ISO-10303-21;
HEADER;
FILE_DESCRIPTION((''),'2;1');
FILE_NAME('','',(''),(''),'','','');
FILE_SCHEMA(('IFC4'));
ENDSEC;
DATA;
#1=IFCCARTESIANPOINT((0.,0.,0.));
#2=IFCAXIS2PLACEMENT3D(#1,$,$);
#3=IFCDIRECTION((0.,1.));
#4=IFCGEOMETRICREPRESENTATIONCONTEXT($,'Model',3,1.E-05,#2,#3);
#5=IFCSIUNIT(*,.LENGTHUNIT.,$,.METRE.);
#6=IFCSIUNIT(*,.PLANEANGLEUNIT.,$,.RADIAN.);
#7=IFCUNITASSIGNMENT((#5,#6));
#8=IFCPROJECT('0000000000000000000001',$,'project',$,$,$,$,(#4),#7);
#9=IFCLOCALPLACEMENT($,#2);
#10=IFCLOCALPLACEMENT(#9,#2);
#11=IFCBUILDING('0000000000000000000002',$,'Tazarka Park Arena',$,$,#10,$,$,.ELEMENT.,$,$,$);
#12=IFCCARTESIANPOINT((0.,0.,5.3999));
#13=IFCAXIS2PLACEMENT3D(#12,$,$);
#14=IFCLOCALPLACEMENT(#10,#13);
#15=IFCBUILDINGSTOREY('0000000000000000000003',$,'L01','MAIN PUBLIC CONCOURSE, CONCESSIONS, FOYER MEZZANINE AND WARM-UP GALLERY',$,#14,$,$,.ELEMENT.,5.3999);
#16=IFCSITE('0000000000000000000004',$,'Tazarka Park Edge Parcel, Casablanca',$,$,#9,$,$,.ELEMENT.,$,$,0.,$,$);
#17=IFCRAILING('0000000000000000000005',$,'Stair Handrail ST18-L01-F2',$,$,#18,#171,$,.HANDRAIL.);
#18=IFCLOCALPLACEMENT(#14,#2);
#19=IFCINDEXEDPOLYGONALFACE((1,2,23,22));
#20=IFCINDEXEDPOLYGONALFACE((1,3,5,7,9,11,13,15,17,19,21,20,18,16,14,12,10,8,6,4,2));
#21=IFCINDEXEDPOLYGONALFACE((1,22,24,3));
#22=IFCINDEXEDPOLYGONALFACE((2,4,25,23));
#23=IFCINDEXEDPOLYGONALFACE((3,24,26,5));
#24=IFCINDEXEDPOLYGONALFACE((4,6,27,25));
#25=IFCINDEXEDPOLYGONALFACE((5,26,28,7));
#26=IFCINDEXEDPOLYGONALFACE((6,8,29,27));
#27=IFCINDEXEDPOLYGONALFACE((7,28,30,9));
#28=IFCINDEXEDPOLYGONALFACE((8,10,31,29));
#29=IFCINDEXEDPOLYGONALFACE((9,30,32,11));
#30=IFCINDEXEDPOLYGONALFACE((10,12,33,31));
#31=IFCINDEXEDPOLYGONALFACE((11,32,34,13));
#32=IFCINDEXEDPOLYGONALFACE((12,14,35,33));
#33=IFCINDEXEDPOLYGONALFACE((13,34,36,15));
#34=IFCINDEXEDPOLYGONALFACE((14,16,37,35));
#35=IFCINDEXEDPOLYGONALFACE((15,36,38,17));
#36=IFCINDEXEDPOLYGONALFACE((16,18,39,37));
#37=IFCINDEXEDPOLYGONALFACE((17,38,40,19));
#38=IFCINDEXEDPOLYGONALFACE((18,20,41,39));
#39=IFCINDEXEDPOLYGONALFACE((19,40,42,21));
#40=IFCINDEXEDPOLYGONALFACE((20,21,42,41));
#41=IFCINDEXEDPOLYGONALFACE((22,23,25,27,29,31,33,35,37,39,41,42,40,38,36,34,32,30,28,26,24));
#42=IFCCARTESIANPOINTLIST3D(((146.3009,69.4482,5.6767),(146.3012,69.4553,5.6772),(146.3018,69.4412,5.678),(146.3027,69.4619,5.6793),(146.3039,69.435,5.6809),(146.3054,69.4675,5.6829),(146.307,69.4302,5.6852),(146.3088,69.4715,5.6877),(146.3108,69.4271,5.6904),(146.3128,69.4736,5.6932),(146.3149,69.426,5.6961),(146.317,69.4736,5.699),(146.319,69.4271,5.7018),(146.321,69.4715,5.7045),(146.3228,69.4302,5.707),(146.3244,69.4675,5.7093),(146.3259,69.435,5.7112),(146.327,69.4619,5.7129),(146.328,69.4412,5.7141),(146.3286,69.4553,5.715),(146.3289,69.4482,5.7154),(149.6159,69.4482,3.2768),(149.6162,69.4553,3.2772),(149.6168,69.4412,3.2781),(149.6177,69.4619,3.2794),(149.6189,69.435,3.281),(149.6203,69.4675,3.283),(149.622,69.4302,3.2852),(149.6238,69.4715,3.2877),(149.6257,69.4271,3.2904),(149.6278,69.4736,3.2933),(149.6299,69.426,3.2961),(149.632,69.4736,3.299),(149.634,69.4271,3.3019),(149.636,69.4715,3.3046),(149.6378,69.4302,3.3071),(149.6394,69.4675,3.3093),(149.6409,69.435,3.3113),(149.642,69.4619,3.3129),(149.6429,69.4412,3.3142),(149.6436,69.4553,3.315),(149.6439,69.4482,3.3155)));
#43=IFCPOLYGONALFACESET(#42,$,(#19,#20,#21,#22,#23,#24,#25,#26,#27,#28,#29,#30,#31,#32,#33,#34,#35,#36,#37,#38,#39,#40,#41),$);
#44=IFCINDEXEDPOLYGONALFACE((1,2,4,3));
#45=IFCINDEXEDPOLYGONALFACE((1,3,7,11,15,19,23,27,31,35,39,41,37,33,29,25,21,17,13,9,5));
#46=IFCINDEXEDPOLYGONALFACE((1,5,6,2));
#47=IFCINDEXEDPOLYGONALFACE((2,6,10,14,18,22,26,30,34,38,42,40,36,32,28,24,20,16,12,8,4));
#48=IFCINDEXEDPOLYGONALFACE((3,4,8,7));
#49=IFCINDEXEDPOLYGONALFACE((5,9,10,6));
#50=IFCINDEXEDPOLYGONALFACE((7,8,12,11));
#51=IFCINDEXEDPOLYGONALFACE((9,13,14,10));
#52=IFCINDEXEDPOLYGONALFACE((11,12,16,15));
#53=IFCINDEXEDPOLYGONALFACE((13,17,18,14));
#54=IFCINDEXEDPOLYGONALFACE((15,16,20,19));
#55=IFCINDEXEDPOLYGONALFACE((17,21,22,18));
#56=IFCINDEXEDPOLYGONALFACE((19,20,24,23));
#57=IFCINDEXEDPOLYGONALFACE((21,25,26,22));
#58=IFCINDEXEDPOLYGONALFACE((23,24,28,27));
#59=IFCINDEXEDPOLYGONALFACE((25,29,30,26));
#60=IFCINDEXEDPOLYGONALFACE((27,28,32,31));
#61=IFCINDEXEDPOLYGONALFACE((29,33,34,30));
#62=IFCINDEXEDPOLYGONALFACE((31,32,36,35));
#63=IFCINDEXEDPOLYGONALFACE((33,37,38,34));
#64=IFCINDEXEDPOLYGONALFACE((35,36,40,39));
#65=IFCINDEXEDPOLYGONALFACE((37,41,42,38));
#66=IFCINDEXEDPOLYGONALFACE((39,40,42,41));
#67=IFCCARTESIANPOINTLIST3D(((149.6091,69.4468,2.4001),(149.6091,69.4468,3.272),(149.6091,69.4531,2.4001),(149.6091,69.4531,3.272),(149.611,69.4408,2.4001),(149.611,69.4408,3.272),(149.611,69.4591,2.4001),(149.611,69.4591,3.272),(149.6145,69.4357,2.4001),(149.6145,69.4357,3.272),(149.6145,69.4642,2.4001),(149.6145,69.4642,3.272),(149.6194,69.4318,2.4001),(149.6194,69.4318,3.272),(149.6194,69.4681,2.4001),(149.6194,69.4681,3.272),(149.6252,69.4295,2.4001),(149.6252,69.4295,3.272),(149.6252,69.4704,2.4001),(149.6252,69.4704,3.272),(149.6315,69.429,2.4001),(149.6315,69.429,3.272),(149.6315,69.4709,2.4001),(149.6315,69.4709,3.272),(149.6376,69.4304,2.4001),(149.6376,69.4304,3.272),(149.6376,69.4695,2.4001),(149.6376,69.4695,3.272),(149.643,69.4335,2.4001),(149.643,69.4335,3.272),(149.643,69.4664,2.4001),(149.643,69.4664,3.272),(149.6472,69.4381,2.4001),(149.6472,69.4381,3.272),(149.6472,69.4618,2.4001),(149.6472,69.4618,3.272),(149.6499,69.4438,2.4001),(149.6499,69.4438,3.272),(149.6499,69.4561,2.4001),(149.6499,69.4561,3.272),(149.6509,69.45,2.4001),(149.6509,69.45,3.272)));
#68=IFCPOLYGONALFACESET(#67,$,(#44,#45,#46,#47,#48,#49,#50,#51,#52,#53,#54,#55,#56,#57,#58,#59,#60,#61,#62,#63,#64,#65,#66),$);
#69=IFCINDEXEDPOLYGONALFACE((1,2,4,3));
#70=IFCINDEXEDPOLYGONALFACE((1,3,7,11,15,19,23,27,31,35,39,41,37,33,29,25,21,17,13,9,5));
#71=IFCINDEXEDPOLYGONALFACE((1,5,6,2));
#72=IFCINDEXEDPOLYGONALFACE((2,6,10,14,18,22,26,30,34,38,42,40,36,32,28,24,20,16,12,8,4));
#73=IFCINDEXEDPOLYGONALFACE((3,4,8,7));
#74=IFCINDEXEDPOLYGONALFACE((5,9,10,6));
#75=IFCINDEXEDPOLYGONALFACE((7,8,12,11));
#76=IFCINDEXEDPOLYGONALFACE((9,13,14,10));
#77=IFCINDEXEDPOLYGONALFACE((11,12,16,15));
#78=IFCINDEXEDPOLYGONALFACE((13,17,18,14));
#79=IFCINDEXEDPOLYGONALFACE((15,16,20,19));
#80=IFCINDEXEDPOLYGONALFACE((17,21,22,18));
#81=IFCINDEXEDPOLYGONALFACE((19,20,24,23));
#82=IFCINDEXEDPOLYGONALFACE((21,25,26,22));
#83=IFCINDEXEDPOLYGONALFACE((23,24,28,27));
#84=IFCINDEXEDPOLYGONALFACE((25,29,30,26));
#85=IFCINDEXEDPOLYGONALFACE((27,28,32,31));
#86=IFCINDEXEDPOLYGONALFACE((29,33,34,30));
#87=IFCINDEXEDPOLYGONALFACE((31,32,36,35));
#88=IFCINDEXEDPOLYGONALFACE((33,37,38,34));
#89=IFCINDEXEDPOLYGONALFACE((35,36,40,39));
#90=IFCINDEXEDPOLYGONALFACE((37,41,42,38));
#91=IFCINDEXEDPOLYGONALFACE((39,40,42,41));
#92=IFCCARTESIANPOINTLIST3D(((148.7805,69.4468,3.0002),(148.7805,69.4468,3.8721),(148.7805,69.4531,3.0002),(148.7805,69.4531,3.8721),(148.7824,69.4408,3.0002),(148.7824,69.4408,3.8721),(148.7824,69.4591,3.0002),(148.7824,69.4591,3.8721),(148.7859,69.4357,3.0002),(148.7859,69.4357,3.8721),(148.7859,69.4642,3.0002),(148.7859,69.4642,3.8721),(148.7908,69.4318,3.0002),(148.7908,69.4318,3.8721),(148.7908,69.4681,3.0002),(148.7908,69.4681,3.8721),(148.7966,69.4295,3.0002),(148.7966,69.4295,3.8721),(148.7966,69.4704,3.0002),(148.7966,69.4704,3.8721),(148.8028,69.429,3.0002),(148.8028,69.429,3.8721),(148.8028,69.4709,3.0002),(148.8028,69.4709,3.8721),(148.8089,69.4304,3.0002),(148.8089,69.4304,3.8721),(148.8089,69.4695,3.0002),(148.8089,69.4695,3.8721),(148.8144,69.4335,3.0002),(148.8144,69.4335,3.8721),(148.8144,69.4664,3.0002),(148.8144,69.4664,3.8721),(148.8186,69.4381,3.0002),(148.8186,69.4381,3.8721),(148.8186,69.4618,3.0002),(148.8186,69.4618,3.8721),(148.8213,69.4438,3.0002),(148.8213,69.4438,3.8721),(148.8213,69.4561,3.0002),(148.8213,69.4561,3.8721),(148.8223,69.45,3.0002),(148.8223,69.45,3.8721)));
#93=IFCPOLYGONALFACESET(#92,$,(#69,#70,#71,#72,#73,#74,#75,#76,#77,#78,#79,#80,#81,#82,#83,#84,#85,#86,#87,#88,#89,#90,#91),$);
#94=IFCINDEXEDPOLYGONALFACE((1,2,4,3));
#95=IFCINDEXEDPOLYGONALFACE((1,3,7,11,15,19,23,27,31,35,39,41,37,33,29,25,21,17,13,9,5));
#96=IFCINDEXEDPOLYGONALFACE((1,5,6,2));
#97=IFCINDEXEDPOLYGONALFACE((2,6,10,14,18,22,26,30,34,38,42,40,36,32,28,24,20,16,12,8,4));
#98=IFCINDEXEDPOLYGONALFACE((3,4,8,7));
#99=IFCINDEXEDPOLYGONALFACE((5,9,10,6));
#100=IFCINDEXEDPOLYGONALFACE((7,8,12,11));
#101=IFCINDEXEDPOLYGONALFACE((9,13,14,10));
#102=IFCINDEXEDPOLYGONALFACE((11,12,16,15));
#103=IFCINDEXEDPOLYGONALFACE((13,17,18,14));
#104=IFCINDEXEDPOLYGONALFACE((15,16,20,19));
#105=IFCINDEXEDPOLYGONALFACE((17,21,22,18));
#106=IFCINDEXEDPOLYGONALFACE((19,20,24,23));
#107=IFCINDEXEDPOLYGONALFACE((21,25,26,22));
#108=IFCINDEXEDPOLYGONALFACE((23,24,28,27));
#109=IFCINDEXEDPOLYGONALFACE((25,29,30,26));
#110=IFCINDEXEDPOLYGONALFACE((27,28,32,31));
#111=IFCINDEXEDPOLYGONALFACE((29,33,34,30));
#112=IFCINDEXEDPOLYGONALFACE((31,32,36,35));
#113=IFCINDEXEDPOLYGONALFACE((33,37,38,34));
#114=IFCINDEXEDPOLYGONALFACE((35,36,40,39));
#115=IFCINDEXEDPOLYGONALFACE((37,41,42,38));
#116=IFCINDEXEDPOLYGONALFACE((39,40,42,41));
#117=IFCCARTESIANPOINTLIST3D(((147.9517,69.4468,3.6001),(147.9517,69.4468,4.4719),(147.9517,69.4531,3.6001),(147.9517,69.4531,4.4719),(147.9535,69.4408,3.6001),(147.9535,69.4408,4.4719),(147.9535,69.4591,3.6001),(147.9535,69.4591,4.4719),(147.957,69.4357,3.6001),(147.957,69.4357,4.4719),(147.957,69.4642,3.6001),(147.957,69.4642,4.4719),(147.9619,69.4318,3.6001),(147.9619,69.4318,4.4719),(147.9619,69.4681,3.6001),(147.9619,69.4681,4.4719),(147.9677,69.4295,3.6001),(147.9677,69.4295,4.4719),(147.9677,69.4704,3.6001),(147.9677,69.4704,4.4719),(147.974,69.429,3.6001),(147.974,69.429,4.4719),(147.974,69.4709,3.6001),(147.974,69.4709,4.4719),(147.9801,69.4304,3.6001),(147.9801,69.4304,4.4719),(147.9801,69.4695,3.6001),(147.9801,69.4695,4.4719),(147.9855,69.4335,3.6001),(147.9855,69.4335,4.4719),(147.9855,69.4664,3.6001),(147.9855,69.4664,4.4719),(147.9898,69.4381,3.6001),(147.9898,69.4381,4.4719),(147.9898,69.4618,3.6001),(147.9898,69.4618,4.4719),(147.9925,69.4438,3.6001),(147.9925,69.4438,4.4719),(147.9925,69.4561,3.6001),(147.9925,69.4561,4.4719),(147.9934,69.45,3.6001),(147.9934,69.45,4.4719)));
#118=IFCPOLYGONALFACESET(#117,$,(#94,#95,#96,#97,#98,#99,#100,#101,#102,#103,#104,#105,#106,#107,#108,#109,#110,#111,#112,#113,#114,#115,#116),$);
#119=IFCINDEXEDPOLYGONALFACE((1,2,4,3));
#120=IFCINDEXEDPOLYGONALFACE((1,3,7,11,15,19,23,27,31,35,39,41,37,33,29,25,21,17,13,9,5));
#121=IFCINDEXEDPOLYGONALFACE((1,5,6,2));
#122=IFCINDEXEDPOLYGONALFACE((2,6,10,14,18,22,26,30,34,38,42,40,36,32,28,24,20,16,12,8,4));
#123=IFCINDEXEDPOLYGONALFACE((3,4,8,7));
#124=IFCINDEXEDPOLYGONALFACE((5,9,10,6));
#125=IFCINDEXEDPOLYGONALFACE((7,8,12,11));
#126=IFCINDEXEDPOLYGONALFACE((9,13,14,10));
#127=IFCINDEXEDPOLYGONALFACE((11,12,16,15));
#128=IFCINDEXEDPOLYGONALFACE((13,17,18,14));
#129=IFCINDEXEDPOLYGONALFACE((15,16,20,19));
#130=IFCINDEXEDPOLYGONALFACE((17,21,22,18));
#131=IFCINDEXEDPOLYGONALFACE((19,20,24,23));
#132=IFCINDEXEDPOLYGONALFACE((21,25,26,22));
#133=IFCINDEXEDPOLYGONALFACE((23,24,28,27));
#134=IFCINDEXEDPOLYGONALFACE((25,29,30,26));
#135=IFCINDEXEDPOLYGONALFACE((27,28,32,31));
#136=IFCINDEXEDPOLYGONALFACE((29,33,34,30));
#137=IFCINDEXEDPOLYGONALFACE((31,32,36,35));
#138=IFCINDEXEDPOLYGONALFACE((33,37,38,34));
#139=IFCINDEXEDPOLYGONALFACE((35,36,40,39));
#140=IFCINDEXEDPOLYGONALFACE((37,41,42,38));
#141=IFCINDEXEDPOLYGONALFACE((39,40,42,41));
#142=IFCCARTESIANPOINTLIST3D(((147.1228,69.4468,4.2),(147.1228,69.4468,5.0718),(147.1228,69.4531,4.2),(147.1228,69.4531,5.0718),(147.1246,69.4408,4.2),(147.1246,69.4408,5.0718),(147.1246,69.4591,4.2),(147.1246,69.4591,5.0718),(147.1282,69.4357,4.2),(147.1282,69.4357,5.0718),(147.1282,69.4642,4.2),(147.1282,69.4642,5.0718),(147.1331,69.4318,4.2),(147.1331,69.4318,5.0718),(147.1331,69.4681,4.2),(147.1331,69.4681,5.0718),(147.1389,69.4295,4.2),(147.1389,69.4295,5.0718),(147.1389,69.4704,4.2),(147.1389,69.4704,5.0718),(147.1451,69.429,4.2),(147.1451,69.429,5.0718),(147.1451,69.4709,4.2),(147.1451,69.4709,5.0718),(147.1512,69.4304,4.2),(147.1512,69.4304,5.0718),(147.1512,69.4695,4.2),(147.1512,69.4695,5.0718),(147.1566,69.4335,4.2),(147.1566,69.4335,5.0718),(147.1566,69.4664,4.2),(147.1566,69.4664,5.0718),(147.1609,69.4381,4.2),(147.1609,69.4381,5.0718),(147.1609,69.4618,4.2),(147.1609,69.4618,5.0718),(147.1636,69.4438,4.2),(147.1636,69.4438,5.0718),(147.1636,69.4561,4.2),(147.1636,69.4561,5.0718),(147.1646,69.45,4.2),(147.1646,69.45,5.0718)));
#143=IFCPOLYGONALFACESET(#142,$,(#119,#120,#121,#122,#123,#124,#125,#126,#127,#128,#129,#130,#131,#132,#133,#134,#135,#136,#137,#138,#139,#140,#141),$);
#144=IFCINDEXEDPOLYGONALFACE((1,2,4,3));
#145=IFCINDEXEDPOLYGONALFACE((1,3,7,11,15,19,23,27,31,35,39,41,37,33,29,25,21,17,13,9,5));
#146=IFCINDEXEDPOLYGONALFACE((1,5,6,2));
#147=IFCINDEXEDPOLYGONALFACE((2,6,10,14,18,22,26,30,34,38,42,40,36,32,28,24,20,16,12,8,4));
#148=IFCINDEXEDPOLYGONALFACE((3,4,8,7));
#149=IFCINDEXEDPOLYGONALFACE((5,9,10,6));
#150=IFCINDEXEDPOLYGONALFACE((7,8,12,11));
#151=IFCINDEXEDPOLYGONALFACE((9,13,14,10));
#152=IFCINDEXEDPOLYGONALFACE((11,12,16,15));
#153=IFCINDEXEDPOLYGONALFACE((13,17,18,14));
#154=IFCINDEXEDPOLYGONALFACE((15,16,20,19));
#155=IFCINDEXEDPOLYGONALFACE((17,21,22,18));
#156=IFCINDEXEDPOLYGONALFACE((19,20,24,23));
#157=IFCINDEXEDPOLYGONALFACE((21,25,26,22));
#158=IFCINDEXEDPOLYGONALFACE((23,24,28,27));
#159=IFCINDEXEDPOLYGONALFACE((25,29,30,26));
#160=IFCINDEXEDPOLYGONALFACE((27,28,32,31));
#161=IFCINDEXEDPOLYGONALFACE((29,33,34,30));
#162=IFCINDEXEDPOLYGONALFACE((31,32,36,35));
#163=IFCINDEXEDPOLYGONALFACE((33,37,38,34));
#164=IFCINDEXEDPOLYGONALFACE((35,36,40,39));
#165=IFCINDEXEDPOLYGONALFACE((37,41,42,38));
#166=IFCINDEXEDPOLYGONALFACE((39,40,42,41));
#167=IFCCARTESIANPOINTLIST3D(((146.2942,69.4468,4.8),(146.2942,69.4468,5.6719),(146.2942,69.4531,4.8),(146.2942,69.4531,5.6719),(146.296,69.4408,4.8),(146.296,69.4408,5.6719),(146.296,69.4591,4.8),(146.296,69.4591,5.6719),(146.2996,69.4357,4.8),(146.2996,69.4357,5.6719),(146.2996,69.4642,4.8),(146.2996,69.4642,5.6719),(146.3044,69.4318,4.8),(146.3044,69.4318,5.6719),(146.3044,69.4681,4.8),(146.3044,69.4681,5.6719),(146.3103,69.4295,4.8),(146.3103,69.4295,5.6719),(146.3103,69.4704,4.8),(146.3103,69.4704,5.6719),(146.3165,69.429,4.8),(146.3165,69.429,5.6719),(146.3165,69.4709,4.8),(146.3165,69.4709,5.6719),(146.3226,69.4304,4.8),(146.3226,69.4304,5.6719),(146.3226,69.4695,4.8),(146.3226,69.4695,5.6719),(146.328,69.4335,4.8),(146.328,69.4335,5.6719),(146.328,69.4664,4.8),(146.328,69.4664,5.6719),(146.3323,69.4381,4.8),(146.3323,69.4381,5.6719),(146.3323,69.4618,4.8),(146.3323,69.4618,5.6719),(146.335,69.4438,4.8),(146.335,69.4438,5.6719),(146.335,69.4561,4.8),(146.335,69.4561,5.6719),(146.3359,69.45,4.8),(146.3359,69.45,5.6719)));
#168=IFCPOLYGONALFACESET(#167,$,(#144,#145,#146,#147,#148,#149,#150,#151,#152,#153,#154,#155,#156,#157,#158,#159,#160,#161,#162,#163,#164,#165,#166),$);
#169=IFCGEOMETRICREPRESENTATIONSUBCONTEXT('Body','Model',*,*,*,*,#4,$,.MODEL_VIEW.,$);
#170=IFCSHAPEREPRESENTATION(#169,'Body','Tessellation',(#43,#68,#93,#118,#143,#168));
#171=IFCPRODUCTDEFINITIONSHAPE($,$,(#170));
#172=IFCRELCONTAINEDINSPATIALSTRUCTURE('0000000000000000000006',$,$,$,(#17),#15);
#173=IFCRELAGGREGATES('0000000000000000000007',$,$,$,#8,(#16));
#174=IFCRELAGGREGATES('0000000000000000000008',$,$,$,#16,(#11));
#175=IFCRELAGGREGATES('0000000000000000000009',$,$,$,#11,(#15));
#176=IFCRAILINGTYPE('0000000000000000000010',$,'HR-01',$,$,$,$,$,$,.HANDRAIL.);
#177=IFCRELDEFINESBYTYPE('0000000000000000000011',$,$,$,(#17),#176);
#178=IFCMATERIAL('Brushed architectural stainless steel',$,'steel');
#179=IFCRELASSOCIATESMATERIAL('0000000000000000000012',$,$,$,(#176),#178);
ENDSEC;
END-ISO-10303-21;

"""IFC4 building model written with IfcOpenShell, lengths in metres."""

from ifc_helpers import new_model, si_unit, direction, frame, origin, origin_2d, place, context, subcontext, project, spatial, circle, extrude, material, type_object, element, save


model = new_model("IFC4")

# Units and contexts
model_context = context("Model", 3, precision=1e-05, world=origin(), true_north=direction((0.0, 1.0)))
body_context = subcontext(model_context, "Body", "Model", "MODEL_VIEW")
ifc_project = project(units=[si_unit("LENGTHUNIT", "METRE"), si_unit("PLANEANGLEUNIT", "RADIAN")], contexts=[model_context])

# Site, building, storey
site_placement = place(None, origin())
site = spatial("IfcSite", under=ifc_project, at=site_placement, Name="Tazarka Park Edge Parcel, Casablanca", CompositionType="ELEMENT", RefElevation=0.0)
building_placement = place(site_placement, origin())
building = spatial("IfcBuilding", under=site, at=building_placement, Name="Tazarka Park Arena", CompositionType="ELEMENT")
storey_placement = place(building_placement, frame((0.0, 0.0, 5.3999)))
storey = spatial("IfcBuildingStorey", under=building, at=storey_placement, Name="L01", Description="MAIN PUBLIC CONCOURSE, CONCESSIONS, FOYER MEZZANINE AND WARM-UP GALLERY", CompositionType="ELEMENT", Elevation=5.3999)

# Railing
ifc_material_1 = material(Name="Brushed architectural stainless steel", Category="steel")
railing_type_1 = type_object("IfcRailingType", Name="HR-01", PredefinedType="HANDRAIL", material=ifc_material_1)
railing_1_placement = place(storey_placement, frame((149.6299, 69.45, 2.4001)))
element("IfcRailing", 1, at=railing_1_placement, inside=storey, type_object=railing_type_1, Name="Stair Handrail ST18-L01-F2", PredefinedType="HANDRAIL", context=body_context, shape_type="SweptSolid", body=[
    extrude(circle(Radius=0.0239, at=origin_2d()), frame((0.0, 0.0, 0.896), z_axis=(-0.810009, 0.0, 0.586418), x_axis=(0.0, -1.0, 0.0)), (0.0, 0.0, 1.0), 4.0925),
    extrude(circle(Radius=0.021, at=origin_2d()), origin(), (0.0, 0.0, 1.0), 0.8718),
    extrude(circle(Radius=0.021, at=origin_2d()), frame((-0.8286, 0.0, 0.6001)), (0.0, 0.0, 1.0), 0.8718),
    extrude(circle(Radius=0.021, at=origin_2d()), frame((-1.6575, 0.0, 1.2)), (0.0, 0.0, 1.0), 0.8718),
    extrude(circle(Radius=0.021, at=origin_2d()), frame((-2.4863, 0.0, 1.7998)), (0.0, 0.0, 1.0), 0.8718),
    extrude(circle(Radius=0.021, at=origin_2d()), frame((-3.3149, 0.0, 2.3999)), (0.0, 0.0, 1.0), 0.8718),
])

save(model, "model.ifc")
